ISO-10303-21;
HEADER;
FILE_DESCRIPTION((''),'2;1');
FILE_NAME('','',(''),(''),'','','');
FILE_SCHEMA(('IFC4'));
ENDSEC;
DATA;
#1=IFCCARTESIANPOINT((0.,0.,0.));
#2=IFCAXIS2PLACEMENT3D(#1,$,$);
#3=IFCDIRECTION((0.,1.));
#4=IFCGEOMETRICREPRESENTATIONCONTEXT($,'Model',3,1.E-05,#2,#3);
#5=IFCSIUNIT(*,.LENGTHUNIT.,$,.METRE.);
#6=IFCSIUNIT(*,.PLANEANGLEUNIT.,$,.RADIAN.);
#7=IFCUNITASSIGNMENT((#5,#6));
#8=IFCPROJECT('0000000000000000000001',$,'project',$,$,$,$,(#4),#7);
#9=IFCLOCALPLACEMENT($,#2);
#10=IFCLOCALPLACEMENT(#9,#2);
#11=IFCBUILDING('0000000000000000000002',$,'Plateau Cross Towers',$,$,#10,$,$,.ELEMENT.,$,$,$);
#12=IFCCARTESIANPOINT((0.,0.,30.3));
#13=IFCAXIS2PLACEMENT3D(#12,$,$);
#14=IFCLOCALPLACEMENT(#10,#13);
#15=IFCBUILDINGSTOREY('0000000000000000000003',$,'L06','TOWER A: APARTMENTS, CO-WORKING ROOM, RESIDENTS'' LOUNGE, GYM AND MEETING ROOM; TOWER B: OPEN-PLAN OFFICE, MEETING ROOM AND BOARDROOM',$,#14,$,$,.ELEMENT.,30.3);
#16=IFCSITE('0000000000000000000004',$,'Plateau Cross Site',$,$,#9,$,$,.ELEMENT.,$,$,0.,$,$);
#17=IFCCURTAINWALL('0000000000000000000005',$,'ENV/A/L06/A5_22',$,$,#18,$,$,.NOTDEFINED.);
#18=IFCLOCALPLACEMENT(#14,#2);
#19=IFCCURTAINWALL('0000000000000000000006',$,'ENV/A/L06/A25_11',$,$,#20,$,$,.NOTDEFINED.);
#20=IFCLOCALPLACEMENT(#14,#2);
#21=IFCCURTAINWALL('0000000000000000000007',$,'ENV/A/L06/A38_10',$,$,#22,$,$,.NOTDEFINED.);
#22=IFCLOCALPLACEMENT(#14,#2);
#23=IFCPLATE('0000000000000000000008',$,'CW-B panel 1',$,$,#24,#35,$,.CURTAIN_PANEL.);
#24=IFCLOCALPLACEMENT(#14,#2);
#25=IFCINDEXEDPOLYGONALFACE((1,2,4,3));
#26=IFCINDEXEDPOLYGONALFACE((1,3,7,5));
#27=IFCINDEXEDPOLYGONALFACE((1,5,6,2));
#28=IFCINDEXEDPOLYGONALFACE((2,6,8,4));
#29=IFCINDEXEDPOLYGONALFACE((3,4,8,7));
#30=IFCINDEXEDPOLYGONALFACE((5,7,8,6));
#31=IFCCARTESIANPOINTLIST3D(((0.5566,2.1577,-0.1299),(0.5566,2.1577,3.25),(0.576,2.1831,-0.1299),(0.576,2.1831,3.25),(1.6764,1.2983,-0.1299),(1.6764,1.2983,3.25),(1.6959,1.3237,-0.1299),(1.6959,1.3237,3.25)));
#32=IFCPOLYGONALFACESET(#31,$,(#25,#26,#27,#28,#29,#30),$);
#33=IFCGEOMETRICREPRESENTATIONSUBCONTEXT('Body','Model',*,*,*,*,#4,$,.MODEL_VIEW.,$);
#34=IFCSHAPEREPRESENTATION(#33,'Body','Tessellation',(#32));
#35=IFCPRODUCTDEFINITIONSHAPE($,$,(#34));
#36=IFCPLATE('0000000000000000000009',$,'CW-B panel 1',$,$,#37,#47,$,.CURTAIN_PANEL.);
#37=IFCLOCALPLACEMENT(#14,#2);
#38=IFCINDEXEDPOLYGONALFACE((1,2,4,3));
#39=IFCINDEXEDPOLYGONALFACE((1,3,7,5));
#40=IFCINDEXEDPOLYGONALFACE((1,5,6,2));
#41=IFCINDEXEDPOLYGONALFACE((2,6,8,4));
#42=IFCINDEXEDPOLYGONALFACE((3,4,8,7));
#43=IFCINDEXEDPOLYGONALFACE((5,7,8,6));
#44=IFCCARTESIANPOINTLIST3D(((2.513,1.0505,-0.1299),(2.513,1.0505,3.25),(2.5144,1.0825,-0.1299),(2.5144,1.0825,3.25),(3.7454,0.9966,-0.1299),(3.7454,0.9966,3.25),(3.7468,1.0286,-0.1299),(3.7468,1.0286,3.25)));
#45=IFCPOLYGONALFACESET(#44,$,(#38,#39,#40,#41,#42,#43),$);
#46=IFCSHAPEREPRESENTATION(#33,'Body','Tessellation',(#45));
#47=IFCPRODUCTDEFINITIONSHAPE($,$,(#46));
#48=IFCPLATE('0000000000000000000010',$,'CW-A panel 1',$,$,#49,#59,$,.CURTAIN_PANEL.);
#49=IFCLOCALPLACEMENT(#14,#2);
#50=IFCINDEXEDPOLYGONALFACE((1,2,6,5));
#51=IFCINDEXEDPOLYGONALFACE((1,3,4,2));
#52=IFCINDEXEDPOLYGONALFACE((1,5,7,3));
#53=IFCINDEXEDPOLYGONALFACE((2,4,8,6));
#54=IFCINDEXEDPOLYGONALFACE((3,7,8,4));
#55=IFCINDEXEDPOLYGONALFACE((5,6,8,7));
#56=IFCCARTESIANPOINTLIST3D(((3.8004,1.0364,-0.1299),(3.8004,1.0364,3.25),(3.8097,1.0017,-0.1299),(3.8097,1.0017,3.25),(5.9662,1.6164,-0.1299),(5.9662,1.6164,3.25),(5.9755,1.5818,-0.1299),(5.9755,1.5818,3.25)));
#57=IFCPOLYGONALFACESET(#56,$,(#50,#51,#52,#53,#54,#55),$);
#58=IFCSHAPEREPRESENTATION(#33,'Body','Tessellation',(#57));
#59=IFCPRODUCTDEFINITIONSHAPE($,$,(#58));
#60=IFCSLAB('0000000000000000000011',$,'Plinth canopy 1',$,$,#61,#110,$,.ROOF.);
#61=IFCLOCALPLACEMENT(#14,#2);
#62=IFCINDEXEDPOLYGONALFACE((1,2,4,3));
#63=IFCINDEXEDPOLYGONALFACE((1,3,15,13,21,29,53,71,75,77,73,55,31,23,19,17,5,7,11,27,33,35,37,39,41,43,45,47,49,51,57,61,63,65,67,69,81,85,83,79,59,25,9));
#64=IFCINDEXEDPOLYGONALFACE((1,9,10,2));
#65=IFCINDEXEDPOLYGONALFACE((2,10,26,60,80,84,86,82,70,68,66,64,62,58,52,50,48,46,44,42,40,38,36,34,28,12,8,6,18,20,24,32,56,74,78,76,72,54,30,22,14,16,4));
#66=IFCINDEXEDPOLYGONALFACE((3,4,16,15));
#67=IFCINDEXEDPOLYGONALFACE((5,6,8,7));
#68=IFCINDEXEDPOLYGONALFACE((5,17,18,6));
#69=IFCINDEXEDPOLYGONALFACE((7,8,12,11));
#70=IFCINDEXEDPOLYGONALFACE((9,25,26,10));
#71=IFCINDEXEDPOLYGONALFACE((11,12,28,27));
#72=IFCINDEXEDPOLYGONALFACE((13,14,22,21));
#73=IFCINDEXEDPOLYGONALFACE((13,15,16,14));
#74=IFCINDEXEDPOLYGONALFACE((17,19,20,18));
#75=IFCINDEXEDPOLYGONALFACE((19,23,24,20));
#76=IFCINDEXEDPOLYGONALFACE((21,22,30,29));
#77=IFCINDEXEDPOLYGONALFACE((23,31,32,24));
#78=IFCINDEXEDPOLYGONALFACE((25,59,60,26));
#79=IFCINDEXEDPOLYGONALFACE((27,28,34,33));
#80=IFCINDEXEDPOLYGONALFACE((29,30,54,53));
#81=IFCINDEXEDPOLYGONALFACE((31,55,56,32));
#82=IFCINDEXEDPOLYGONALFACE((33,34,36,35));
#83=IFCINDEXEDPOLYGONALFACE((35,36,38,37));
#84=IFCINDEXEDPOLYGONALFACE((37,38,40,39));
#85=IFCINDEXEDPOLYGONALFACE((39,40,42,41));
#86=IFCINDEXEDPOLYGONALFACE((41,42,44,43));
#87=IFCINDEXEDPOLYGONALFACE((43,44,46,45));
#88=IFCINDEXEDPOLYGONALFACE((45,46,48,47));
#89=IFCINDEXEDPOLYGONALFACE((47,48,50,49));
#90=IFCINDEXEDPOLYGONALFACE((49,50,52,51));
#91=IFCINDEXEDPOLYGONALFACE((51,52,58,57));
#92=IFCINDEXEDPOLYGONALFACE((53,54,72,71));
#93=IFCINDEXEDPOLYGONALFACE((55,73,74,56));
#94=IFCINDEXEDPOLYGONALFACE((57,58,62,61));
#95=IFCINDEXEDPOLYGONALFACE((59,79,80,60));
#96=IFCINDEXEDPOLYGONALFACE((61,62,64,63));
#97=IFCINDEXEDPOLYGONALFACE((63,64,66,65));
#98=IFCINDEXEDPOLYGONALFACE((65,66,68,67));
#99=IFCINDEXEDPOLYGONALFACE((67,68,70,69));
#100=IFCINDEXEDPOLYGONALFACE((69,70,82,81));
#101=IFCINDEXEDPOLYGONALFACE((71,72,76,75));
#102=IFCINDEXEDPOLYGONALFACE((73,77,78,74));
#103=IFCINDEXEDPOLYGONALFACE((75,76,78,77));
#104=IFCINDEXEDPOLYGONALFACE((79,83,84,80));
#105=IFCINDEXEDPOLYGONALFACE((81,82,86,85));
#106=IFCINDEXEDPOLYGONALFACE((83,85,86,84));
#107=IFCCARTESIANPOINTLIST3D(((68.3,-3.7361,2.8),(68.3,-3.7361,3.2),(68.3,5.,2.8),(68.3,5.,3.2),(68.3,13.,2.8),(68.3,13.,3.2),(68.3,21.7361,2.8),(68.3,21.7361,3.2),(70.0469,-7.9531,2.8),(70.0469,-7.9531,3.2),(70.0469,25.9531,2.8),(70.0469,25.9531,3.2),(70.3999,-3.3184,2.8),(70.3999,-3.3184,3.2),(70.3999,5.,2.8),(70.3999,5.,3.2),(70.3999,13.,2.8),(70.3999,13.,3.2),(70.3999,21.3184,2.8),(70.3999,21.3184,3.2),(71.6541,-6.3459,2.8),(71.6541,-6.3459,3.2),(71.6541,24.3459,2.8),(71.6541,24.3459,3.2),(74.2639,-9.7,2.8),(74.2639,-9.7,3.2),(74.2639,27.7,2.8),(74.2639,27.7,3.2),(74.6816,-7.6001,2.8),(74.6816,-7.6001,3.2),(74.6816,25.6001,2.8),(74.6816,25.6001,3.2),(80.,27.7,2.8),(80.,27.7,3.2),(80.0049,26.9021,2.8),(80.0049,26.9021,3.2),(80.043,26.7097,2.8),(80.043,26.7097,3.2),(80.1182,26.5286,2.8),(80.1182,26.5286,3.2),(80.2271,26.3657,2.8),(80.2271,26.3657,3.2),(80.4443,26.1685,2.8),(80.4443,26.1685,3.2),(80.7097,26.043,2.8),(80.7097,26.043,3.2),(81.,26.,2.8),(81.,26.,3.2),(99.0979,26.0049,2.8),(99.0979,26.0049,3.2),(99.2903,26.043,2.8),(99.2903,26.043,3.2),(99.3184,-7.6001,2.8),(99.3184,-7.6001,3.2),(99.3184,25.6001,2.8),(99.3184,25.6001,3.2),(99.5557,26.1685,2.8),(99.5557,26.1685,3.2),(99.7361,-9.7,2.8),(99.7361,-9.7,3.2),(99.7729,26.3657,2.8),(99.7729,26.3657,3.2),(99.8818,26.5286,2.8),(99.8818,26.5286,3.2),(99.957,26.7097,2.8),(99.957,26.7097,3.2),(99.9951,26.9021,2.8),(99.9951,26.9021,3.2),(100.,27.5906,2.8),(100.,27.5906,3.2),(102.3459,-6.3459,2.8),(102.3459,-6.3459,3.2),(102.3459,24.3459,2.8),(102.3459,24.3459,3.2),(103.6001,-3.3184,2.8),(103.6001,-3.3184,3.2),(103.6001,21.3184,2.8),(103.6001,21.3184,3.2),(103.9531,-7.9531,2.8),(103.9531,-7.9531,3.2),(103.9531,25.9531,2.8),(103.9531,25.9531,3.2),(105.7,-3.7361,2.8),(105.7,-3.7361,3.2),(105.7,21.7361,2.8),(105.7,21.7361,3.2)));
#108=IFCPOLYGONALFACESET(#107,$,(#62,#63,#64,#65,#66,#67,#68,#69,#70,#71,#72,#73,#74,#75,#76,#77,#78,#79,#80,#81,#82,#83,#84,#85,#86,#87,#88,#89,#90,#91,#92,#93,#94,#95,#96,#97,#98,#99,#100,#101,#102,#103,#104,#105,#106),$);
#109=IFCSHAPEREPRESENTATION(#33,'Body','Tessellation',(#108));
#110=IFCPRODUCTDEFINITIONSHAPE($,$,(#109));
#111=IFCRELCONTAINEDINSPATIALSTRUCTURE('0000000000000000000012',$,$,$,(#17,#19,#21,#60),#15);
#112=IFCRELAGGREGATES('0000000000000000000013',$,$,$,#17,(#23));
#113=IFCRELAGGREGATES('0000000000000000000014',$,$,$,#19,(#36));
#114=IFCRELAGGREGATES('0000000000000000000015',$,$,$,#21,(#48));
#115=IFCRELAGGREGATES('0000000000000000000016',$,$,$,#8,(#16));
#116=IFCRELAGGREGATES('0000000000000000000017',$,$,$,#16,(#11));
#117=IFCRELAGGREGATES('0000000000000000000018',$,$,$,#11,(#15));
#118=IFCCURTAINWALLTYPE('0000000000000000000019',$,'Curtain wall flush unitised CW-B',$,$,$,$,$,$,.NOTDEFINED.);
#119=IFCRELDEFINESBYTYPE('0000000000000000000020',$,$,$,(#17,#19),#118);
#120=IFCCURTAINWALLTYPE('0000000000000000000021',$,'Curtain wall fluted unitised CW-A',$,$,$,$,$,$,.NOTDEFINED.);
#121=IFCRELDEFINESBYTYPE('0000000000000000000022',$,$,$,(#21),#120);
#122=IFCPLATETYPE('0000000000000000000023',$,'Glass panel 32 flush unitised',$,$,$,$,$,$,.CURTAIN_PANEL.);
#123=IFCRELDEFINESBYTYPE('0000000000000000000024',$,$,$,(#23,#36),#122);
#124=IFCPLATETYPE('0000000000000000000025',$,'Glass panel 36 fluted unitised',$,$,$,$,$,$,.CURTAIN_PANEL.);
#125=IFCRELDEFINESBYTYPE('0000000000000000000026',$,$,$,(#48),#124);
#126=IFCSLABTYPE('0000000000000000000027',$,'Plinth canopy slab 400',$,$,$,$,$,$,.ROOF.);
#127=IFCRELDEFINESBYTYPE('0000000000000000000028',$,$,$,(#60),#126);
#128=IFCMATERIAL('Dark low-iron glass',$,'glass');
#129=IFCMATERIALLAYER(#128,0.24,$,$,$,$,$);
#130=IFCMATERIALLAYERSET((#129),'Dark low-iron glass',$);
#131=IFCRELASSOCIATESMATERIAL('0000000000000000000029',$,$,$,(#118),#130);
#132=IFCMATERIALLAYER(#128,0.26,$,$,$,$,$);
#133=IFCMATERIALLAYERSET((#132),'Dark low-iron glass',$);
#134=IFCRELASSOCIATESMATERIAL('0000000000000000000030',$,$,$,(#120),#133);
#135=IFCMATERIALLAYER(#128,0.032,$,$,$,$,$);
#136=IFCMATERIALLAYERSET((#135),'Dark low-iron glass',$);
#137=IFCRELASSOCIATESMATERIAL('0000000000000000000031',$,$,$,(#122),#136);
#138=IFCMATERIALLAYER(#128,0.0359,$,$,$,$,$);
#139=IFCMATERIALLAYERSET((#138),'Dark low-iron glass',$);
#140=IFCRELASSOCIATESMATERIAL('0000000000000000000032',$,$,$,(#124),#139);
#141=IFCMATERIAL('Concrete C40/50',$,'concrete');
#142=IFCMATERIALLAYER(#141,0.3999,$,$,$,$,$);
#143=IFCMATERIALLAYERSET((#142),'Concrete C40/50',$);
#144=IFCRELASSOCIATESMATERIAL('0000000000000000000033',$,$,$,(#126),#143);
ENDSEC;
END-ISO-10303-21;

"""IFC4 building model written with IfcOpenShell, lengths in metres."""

from ifc_helpers import new_model, si_unit, direction, frame, origin, origin_2d, place, context, subcontext, project, spatial, polyline, rectangle, outline, extrude, material, layer, layer_set, type_object, element, aggregate, save


model = new_model("IFC4")

# Units and contexts
model_context = context("Model", 3, precision=1e-05, world=origin(), true_north=direction((0.0, 1.0)))
body_context = subcontext(model_context, "Body", "Model", "MODEL_VIEW")
ifc_project = project(units=[si_unit("LENGTHUNIT", "METRE"), si_unit("PLANEANGLEUNIT", "RADIAN")], contexts=[model_context])

# Site, building, storey
site_placement = place(None, origin())
site = spatial("IfcSite", under=ifc_project, at=site_placement, Name="Plateau Cross Site", CompositionType="ELEMENT", RefElevation=0.0)
building_placement = place(site_placement, origin())
building = spatial("IfcBuilding", under=site, at=building_placement, Name="Plateau Cross Towers", CompositionType="ELEMENT")
storey_placement = place(building_placement, frame((0.0, 0.0, 30.3)))
storey = spatial("IfcBuildingStorey", under=building, at=storey_placement, Name="L06", Description="TOWER A: APARTMENTS, CO-WORKING ROOM, RESIDENTS' LOUNGE, GYM AND MEETING ROOM; TOWER B: OPEN-PLAN OFFICE, MEETING ROOM AND BOARDROOM", CompositionType="ELEMENT", Elevation=30.3)

# Curtain wall
ifc_material_1 = material(Name="Dark low-iron glass", Category="glass")
ifc_layer_1 = layer(ifc_material_1, 0.24)
ifc_layer_set_1 = layer_set([ifc_layer_1], Name="Dark low-iron glass")
curtain_wall_type_1 = type_object("IfcCurtainWallType", Name="Curtain wall flush unitised CW-B", PredefinedType="NOTDEFINED", material=ifc_layer_set_1)
curtain_wall_1_placement = place(storey_placement, origin())
curtain_wall_1 = element("IfcCurtainWall", 1, at=curtain_wall_1_placement, inside=storey, type_object=curtain_wall_type_1, Name="ENV/A/L06/A5_22", PredefinedType="NOTDEFINED")

# Curtain walls
curtain_wall_2_placement = place(storey_placement, origin())
curtain_wall_2 = element("IfcCurtainWall", 2, at=curtain_wall_2_placement, inside=storey, type_object=curtain_wall_type_1, Name="ENV/A/L06/A25_11", PredefinedType="NOTDEFINED")
ifc_layer_2 = layer(ifc_material_1, 0.26)
ifc_layer_set_2 = layer_set([ifc_layer_2], Name="Dark low-iron glass")
curtain_wall_type_2 = type_object("IfcCurtainWallType", Name="Curtain wall fluted unitised CW-A", PredefinedType="NOTDEFINED", material=ifc_layer_set_2)
curtain_wall_3_placement = place(storey_placement, origin())
curtain_wall_3 = element("IfcCurtainWall", 3, at=curtain_wall_3_placement, inside=storey, type_object=curtain_wall_type_2, Name="ENV/A/L06/A38_10", PredefinedType="NOTDEFINED")

# Shared definitions
ifc_material_2 = material(Name="Concrete C40/50", Category="concrete")

# Plates
ifc_layer_3 = layer(ifc_material_1, 0.032)
ifc_layer_set_3 = layer_set([ifc_layer_3], Name="Dark low-iron glass")
plate_type_1 = type_object("IfcPlateType", Name="Glass panel 32 flush unitised", PredefinedType="CURTAIN_PANEL", material=ifc_layer_set_3)
plate_1_placement = place(storey_placement, frame((1.1262, 1.7407, -0.1299), z_axis=(0.0, 0.0, 1.0), x_axis=(0.793316, -0.608811, 0.0)))
plate_1 = element("IfcPlate", 4, at=plate_1_placement, type_object=plate_type_1, Name="CW-B panel 1", PredefinedType="CURTAIN_PANEL", context=body_context, shape_type="SweptSolid", body=[
    extrude(rectangle(XDim=1.4116, YDim=0.032, at=origin_2d()), origin(), (0.0, 0.0, 1.0), 3.3799),
])
aggregate(curtain_wall_1, [plate_1])
plate_2_placement = place(storey_placement, frame((3.1299, 1.0396, -0.1299), z_axis=(0.0, 0.0, 1.0), x_axis=(0.999044, -0.043723, 0.0)))
plate_2 = element("IfcPlate", 5, at=plate_2_placement, type_object=plate_type_1, Name="CW-B panel 1", PredefinedType="CURTAIN_PANEL", context=body_context, shape_type="SweptSolid", body=[
    extrude(rectangle(XDim=1.2336, YDim=0.032, at=origin_2d()), origin(), (0.0, 0.0, 1.0), 3.3799),
])
aggregate(curtain_wall_2, [plate_2])
ifc_layer_4 = layer(ifc_material_1, 0.0359)
ifc_layer_set_4 = layer_set([ifc_layer_4], Name="Dark low-iron glass")
plate_type_2 = type_object("IfcPlateType", Name="Glass panel 36 fluted unitised", PredefinedType="CURTAIN_PANEL", material=ifc_layer_set_4)
plate_3_placement = place(storey_placement, frame((4.8879, 1.3091, -0.1299), z_axis=(0.0, 0.0, 1.0), x_axis=(0.965958, 0.258699, 0.0)))
plate_3 = element("IfcPlate", 6, at=plate_3_placement, type_object=plate_type_2, Name="CW-A panel 1", PredefinedType="CURTAIN_PANEL", context=body_context, shape_type="SweptSolid", body=[
    extrude(rectangle(XDim=2.2422, YDim=0.0359, at=origin_2d()), origin(), (0.0, 0.0, 1.0), 3.3799),
])
aggregate(curtain_wall_3, [plate_3])

# Slab
ifc_layer_5 = layer(ifc_material_2, 0.3999)
ifc_layer_set_5 = layer_set([ifc_layer_5], Name="Concrete C40/50")
slab_type_1 = type_object("IfcSlabType", Name="Plinth canopy slab 400", PredefinedType="ROOF", material=ifc_layer_set_5)
slab_1_placement = place(storey_placement, frame((0.0, 0.0, 2.8)))
element("IfcSlab", 7, at=slab_1_placement, inside=storey, type_object=slab_type_1, Name="Plinth canopy 1", PredefinedType="ROOF", context=body_context, shape_type="SweptSolid", body=[
    extrude(outline(polyline([(68.3, 5.0), (70.3999, 5.0), (70.3999, -3.3184), (71.6541, -6.3459), (74.6816, -7.6001), (99.3184, -7.6001), (102.3459, -6.3459), (103.6001, -3.3184), (103.6001, 21.3184), (102.3459, 24.3459), (99.3184, 25.6001), (74.6816, 25.6001), (71.6541, 24.3459), (70.3999, 21.3184), (70.3999, 13.0), (68.3, 13.0), (68.3, 21.7361), (70.0469, 25.9531), (74.2639, 27.7), (80.0, 27.7), (80.0049, 26.9021), (80.043, 26.7097), (80.1182, 26.5286), (80.2271, 26.3657), (80.4443, 26.1685), (80.7097, 26.043), (81.0, 26.0), (99.0979, 26.0049), (99.2903, 26.043), (99.5557, 26.1685), (99.7729, 26.3657), (99.8818, 26.5286), (99.957, 26.7097), (99.9951, 26.9021), (100.0, 27.5906), (103.9531, 25.9531), (105.7, 21.7361), (105.7, -3.7361), (103.9531, -7.9531), (99.7361, -9.7), (74.2639, -9.7), (70.0469, -7.9531), (68.3, -3.7361), (68.3, 5.0)])), origin(), (0.0, 0.0, 1.0), 0.3999),
])

save(model, "model.ifc")
